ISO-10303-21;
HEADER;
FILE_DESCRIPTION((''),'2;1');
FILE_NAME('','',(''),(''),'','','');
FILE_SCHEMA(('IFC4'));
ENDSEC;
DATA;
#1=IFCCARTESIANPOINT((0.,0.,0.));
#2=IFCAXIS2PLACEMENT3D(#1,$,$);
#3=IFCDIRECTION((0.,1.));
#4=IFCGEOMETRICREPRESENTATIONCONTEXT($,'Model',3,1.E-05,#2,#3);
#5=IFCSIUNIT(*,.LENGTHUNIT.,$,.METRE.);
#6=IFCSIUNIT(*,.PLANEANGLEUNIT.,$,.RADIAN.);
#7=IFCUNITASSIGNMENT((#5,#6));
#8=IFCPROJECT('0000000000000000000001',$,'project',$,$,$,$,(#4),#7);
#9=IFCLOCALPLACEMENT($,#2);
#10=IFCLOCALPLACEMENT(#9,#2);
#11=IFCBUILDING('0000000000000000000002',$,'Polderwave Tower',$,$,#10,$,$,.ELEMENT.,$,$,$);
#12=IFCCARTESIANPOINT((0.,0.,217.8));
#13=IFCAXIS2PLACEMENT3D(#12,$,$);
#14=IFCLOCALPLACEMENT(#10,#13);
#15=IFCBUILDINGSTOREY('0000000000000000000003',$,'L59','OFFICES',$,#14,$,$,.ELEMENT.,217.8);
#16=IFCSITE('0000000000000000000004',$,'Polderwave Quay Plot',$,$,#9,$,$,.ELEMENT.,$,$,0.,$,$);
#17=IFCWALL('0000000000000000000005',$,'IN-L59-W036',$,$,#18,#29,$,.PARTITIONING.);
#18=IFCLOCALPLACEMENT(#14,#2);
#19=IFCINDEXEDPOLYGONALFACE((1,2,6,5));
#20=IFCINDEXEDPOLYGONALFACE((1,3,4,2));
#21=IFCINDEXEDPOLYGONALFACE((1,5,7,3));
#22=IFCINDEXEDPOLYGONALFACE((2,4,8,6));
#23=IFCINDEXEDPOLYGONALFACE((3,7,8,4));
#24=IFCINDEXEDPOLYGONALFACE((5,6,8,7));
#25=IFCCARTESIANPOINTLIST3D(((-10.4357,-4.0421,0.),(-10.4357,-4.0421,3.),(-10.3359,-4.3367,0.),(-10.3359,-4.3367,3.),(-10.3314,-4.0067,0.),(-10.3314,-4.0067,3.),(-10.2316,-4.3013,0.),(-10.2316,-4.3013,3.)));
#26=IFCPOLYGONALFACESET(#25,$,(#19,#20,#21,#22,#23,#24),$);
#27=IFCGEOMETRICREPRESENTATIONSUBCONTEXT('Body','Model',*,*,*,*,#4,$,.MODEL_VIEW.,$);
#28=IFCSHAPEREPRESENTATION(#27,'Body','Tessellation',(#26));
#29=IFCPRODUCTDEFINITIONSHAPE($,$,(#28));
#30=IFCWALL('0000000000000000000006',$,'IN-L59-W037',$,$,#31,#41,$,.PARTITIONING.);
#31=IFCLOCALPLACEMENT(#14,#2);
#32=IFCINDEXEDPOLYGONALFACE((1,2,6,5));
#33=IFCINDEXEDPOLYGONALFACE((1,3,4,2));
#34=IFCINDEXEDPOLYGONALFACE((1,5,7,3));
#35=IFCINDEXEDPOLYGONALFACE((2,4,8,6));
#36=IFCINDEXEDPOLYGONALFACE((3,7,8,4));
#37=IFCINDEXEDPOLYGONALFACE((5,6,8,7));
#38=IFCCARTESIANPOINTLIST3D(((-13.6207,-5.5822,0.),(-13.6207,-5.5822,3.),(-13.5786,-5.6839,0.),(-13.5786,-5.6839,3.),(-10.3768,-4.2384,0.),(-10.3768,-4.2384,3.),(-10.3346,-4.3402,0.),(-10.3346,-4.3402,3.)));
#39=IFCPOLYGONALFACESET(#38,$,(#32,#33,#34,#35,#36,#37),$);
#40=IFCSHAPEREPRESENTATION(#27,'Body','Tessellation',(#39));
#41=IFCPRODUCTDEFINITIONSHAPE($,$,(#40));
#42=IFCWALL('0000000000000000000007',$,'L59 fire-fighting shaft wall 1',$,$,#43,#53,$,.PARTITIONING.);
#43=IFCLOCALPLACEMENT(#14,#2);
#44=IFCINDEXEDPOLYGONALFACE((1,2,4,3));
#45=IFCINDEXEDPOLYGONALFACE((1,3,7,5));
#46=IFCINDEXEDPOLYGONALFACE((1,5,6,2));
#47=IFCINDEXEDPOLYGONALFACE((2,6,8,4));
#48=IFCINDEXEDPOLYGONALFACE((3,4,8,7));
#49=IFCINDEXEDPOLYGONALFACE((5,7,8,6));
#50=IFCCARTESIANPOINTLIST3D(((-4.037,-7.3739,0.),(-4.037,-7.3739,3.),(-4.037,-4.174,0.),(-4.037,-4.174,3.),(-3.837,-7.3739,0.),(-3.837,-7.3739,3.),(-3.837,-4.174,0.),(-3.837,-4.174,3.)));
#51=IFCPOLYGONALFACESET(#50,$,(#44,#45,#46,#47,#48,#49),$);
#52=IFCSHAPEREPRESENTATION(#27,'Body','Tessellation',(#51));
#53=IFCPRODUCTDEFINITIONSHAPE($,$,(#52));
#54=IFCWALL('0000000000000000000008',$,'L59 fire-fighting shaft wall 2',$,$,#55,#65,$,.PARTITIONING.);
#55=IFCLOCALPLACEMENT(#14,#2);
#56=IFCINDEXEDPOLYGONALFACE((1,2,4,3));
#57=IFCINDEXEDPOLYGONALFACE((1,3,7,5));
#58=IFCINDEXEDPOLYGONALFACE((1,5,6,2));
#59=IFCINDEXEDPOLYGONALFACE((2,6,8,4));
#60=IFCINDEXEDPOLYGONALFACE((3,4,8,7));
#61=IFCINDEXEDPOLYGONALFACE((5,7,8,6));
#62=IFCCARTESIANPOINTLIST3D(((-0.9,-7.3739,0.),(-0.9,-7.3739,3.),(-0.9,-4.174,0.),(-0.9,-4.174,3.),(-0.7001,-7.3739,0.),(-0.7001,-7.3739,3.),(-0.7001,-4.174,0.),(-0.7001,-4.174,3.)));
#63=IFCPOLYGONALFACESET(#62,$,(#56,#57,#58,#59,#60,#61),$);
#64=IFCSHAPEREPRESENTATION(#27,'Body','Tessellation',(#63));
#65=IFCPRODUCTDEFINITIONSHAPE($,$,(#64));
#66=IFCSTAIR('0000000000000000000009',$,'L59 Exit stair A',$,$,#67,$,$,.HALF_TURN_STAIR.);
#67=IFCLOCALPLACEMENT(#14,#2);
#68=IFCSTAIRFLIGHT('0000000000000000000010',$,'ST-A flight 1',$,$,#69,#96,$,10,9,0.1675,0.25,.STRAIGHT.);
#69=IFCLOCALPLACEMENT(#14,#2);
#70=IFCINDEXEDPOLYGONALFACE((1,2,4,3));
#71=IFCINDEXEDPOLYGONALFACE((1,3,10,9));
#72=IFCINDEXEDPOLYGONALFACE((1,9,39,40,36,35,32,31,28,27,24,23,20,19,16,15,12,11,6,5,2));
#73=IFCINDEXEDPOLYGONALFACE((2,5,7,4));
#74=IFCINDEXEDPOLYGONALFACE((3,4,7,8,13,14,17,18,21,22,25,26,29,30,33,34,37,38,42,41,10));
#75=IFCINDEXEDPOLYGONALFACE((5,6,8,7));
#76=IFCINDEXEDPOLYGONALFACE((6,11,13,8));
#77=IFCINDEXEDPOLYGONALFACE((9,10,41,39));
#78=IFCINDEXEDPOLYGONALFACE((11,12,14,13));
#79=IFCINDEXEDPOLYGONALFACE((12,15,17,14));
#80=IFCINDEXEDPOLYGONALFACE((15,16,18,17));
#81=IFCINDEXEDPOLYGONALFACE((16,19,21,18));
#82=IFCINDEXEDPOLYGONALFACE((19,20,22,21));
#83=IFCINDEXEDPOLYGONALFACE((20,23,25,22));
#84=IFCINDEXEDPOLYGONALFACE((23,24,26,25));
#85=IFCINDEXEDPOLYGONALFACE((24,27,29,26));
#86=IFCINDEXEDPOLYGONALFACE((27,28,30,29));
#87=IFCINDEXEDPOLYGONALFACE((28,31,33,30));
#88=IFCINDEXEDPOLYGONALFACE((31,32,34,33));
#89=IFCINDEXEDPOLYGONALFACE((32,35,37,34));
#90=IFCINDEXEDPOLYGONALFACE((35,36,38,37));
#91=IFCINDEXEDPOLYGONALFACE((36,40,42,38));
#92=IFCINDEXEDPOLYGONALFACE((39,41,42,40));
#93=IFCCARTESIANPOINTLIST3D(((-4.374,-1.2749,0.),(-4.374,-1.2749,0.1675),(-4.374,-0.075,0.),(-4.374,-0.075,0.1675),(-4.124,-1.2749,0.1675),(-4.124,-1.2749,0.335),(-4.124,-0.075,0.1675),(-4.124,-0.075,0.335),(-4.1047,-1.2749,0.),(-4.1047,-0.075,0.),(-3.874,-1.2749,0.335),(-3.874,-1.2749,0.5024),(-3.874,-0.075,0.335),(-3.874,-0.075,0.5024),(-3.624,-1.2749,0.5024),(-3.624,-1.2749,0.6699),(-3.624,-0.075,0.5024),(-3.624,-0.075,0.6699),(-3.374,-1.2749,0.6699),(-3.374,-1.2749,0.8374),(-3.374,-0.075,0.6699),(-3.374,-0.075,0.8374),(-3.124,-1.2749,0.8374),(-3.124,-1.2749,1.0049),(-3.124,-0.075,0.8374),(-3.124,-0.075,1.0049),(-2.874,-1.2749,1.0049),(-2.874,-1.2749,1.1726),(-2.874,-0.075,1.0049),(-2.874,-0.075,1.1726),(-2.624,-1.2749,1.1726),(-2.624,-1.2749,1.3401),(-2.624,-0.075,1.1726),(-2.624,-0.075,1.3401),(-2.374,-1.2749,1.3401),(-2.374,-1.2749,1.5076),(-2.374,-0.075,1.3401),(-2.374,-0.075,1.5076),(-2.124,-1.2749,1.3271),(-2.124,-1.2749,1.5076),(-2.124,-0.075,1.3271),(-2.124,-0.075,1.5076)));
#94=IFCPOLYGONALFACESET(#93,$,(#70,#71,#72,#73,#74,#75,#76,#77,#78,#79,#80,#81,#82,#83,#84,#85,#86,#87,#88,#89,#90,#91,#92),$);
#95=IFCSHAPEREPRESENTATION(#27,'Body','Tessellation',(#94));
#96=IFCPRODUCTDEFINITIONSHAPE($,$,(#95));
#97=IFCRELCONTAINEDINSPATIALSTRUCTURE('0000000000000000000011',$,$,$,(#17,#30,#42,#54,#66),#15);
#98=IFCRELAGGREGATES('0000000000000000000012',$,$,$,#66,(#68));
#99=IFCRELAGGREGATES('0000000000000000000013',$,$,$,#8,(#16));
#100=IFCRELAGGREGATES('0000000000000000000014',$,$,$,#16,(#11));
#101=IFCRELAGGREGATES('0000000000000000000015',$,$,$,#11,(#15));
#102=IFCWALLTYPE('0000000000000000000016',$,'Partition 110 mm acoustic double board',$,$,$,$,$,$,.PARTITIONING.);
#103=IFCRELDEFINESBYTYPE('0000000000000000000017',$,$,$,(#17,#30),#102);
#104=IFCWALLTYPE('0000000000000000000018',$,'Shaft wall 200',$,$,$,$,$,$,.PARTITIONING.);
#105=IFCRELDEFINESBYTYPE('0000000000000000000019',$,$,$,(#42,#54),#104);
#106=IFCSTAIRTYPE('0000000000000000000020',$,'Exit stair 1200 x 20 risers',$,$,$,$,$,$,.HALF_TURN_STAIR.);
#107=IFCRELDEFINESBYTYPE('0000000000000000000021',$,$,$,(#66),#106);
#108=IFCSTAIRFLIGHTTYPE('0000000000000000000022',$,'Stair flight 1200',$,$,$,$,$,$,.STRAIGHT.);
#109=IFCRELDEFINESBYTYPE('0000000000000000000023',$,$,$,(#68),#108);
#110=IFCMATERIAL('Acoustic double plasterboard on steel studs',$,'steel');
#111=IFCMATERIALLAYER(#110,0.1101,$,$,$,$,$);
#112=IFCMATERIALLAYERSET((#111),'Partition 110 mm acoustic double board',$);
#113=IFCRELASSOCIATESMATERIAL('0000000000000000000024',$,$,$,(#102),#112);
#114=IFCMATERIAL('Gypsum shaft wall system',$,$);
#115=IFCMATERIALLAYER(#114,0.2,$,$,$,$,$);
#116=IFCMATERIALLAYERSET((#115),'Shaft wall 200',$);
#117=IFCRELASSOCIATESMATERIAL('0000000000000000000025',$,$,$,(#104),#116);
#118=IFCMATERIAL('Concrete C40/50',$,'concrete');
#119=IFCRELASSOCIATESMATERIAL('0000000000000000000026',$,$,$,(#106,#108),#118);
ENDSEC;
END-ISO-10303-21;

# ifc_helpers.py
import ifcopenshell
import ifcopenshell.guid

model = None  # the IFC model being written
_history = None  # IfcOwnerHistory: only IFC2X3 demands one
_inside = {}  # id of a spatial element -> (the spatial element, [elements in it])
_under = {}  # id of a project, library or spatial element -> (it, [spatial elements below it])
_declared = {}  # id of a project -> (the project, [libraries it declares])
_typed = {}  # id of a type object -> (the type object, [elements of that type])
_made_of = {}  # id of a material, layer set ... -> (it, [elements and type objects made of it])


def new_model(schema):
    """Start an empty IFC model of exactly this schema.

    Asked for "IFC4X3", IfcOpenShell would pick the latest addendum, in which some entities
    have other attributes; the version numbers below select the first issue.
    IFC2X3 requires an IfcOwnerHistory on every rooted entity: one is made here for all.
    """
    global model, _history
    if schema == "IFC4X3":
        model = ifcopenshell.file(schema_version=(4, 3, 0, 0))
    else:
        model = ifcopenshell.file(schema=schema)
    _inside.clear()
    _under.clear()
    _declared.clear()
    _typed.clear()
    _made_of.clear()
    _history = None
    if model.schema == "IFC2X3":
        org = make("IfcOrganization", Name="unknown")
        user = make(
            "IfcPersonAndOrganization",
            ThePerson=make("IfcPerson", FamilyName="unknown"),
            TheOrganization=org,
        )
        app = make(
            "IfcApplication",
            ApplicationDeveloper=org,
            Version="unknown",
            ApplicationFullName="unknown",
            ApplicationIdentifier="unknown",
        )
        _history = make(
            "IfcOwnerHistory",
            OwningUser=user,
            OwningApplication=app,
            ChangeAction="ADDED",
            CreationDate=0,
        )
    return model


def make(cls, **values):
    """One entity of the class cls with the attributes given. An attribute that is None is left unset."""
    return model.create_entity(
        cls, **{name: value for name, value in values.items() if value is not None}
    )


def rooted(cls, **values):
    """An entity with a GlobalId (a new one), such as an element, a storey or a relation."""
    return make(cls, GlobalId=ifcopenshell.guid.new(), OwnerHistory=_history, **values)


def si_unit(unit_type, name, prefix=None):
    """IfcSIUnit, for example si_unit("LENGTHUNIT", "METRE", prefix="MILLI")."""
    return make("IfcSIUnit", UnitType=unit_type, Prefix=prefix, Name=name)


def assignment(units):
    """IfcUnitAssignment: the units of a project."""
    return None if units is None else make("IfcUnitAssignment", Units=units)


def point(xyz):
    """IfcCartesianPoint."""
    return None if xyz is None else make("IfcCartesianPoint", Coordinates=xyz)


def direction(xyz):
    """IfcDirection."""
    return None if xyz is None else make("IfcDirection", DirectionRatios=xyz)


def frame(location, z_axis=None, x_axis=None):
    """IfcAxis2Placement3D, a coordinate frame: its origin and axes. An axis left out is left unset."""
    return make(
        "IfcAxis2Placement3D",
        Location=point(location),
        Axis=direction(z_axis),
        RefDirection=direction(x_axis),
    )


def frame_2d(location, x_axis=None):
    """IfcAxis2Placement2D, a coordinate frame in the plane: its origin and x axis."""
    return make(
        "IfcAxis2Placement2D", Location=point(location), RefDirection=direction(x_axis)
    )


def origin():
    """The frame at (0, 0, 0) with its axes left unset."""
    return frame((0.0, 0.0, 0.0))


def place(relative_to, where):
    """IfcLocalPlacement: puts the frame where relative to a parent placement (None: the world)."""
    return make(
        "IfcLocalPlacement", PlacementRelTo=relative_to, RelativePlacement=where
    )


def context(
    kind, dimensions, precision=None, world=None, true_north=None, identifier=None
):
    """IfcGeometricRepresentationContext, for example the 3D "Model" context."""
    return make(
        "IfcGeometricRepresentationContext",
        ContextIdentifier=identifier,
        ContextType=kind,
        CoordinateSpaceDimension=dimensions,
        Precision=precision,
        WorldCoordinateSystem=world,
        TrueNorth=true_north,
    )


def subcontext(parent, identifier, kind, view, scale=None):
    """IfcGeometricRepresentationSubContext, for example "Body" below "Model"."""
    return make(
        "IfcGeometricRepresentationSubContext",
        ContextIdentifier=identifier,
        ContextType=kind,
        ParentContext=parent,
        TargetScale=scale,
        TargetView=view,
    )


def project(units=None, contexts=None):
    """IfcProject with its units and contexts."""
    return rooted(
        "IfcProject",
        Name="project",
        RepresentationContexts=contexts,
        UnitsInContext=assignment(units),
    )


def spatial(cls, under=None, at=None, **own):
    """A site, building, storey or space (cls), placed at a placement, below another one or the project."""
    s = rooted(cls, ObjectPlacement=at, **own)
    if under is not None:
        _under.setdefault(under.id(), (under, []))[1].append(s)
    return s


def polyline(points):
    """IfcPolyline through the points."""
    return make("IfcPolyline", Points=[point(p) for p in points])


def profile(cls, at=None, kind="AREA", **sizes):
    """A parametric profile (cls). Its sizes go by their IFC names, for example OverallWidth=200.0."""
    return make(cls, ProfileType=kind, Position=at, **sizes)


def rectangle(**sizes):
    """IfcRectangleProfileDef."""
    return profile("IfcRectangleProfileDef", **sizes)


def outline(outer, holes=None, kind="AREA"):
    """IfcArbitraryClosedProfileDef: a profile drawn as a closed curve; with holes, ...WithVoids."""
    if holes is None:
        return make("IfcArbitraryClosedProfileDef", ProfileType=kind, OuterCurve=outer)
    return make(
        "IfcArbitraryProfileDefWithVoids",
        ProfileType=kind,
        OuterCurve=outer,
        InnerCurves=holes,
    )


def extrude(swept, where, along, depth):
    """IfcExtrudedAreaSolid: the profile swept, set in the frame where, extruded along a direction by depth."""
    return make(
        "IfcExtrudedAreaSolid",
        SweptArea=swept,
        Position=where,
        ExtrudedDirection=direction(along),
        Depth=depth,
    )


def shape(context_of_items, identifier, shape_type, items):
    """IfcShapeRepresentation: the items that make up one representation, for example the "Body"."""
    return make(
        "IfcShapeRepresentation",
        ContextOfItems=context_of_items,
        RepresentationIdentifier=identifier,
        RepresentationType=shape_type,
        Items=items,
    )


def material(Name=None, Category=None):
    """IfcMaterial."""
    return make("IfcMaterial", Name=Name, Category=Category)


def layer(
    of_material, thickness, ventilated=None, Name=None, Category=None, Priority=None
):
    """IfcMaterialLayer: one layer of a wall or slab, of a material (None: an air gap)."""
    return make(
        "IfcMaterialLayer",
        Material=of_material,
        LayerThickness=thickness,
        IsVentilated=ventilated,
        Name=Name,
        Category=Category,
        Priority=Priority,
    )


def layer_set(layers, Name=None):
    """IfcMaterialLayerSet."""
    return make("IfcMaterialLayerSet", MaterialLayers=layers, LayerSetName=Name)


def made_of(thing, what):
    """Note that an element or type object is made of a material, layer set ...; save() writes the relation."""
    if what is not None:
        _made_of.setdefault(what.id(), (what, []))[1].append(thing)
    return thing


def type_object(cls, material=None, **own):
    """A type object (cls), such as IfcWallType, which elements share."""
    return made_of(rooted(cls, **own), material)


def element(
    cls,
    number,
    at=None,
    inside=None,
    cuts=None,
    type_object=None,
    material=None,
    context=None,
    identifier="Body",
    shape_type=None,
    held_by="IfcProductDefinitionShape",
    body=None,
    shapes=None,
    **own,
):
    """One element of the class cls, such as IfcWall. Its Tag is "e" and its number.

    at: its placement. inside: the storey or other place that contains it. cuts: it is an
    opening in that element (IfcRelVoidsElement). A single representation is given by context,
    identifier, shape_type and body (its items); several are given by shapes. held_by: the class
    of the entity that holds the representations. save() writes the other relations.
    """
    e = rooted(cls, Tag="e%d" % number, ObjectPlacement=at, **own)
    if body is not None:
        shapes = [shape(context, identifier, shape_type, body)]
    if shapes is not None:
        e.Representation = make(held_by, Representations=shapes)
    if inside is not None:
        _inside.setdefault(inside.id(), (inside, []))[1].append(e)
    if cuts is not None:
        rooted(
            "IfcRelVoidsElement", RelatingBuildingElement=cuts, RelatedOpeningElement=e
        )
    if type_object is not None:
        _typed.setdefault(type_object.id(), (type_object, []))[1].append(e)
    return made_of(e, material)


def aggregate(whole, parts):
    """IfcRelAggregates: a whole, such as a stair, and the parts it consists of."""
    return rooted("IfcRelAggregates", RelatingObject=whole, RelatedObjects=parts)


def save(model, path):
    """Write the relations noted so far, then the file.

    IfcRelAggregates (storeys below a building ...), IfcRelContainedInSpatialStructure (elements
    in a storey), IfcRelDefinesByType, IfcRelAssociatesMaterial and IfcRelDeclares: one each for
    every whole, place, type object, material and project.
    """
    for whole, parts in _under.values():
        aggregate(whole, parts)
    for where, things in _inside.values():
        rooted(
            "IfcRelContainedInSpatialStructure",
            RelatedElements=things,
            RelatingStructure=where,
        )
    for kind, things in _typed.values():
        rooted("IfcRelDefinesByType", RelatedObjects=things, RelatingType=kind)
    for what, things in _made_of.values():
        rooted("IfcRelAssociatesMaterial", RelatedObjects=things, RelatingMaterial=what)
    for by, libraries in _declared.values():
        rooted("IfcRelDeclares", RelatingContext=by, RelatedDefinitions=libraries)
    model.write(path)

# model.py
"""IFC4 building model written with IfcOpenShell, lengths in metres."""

from ifc_helpers import new_model, si_unit, direction, frame, frame_2d, origin, place, context, subcontext, project, spatial, polyline, rectangle, outline, extrude, material, layer, layer_set, type_object, element, aggregate, save


model = new_model("IFC4")

# Units and contexts
model_context = context("Model", 3, precision=1e-05, world=origin(), true_north=direction((0.0, 1.0)))
body_context = subcontext(model_context, "Body", "Model", "MODEL_VIEW")
ifc_project = project(units=[si_unit("LENGTHUNIT", "METRE"), si_unit("PLANEANGLEUNIT", "RADIAN")], contexts=[model_context])

# Site, building, storey
site_placement = place(None, origin())
site = spatial("IfcSite", under=ifc_project, at=site_placement, Name="Polderwave Quay Plot", CompositionType="ELEMENT", RefElevation=0.0)
building_placement = place(site_placement, origin())
building = spatial("IfcBuilding", under=site, at=building_placement, Name="Polderwave Tower", CompositionType="ELEMENT")
storey_placement = place(building_placement, frame((0.0, 0.0, 217.8)))
storey = spatial("IfcBuildingStorey", under=building, at=storey_placement, Name="L59", Description="OFFICES", CompositionType="ELEMENT", Elevation=217.8)

# Walls
ifc_material_1 = material(Name="Acoustic double plasterboard on steel studs", Category="steel")
ifc_layer_1 = layer(ifc_material_1, 0.1101)
ifc_layer_set_1 = layer_set([ifc_layer_1], Name="Partition 110 mm acoustic double board")
wall_type_1 = type_object("IfcWallType", Name="Partition 110 mm acoustic double board", PredefinedType="PARTITIONING", material=ifc_layer_set_1)
wall_1_placement = place(storey_placement, frame((-10.3835, -4.0244, 0.0), z_axis=(0.0, 0.0, 1.0), x_axis=(0.320932, -0.947102, 0.0)))
element("IfcWall", 1, at=wall_1_placement, inside=storey, type_object=wall_type_1, Name="IN-L59-W036", PredefinedType="PARTITIONING", context=body_context, shape_type="SweptSolid", body=[
    extrude(rectangle(XDim=0.311, YDim=0.1101, at=frame_2d((0.1555, 0.0))), origin(), (0.0, 0.0, 1.0), 3.0),
])
wall_2_placement = place(storey_placement, frame((-10.3557, -4.2893, 0.0), z_axis=(0.0, 0.0, 1.0), x_axis=(-0.923871, -0.382704, 0.0)))
element("IfcWall", 2, at=wall_2_placement, inside=storey, type_object=wall_type_1, Name="IN-L59-W037", PredefinedType="PARTITIONING", context=body_context, shape_type="SweptSolid", body=[
    extrude(rectangle(XDim=3.5112, YDim=0.1101, at=frame_2d((1.7556, 0.0))), origin(), (0.0, 0.0, 1.0), 3.0),
])
ifc_material_2 = material(Name="Gypsum shaft wall system")
ifc_layer_2 = layer(ifc_material_2, 0.2)
ifc_layer_set_2 = layer_set([ifc_layer_2], Name="Shaft wall 200")
wall_type_2 = type_object("IfcWallType", Name="Shaft wall 200", PredefinedType="PARTITIONING", material=ifc_layer_set_2)
for number, where, z_axis, x_axis, name in (
    (3, (-3.937, -7.374, 0.0), (0.0, 0.0, 1.0), (0.0, 1.0, 0.0), "L59 fire-fighting shaft wall 1"),
    (4, (-0.8, -7.374, 0.0), (0.0, 0.0, 1.0), (0.0, 1.0, 0.0), "L59 fire-fighting shaft wall 2"),
):
    element("IfcWall", number, at=place(storey_placement, frame(where, z_axis=z_axis, x_axis=x_axis)), inside=storey, type_object=wall_type_2, Name=name, PredefinedType="PARTITIONING", context=body_context, shape_type="SweptSolid", body=[
        extrude(rectangle(XDim=3.2, YDim=0.2, at=frame_2d((1.6001, 0.0))), origin(), (0.0, 0.0, 1.0), 3.0),
    ])

# Stair, stair flight
ifc_material_3 = material(Name="Concrete C40/50", Category="concrete")
stair_type = type_object("IfcStairType", Name="Exit stair 1200 x 20 risers", PredefinedType="HALF_TURN_STAIR", material=ifc_material_3)
stair_placement = place(storey_placement, origin())
stair = element("IfcStair", 5, at=stair_placement, inside=storey, type_object=stair_type, Name="L59 Exit stair A", PredefinedType="HALF_TURN_STAIR")
stair_flight_type = type_object("IfcStairFlightType", Name="Stair flight 1200", PredefinedType="STRAIGHT", material=ifc_material_3)
stair_flight_placement = place(storey_placement, frame((-4.374, -0.675, 0.0), z_axis=(0.0, 0.0, 1.0), x_axis=(1.0, 0.0, 0.0)))
stair_flight = element("IfcStairFlight", 6, at=stair_flight_placement, type_object=stair_flight_type, Name="ST-A flight 1", NumberOfRisers=10, NumberOfTreads=9, PredefinedType="STRAIGHT", RiserHeight=0.1675, TreadLength=0.25, context=body_context, shape_type="SweptSolid", body=[
    extrude(outline(polyline([(0.0, 0.0), (0.0, 0.1675), (0.25, 0.1675), (0.25, 0.335), (0.5, 0.335), (0.5, 0.5024), (0.75, 0.5024), (0.75, 0.6699), (1.0, 0.6699), (1.0, 0.8374), (1.25, 0.8374), (1.25, 1.0049), (1.5, 1.0049), (1.5, 1.1726), (1.75, 1.1726), (1.75, 1.3401), (2.0, 1.3401), (2.0, 1.5076), (2.25, 1.5076), (2.25, 1.675), (2.25, 1.3271), (0.2693, 0.0), (0.0, 0.0)])), frame((0.0, 0.6001, 0.0), z_axis=(0.0, -1.0, 0.0), x_axis=(1.0, 0.0, 0.0)), (0.0, 0.0, 1.0), 1.2),
])
aggregate(stair, [stair_flight])

save(model, "model.ifc")
